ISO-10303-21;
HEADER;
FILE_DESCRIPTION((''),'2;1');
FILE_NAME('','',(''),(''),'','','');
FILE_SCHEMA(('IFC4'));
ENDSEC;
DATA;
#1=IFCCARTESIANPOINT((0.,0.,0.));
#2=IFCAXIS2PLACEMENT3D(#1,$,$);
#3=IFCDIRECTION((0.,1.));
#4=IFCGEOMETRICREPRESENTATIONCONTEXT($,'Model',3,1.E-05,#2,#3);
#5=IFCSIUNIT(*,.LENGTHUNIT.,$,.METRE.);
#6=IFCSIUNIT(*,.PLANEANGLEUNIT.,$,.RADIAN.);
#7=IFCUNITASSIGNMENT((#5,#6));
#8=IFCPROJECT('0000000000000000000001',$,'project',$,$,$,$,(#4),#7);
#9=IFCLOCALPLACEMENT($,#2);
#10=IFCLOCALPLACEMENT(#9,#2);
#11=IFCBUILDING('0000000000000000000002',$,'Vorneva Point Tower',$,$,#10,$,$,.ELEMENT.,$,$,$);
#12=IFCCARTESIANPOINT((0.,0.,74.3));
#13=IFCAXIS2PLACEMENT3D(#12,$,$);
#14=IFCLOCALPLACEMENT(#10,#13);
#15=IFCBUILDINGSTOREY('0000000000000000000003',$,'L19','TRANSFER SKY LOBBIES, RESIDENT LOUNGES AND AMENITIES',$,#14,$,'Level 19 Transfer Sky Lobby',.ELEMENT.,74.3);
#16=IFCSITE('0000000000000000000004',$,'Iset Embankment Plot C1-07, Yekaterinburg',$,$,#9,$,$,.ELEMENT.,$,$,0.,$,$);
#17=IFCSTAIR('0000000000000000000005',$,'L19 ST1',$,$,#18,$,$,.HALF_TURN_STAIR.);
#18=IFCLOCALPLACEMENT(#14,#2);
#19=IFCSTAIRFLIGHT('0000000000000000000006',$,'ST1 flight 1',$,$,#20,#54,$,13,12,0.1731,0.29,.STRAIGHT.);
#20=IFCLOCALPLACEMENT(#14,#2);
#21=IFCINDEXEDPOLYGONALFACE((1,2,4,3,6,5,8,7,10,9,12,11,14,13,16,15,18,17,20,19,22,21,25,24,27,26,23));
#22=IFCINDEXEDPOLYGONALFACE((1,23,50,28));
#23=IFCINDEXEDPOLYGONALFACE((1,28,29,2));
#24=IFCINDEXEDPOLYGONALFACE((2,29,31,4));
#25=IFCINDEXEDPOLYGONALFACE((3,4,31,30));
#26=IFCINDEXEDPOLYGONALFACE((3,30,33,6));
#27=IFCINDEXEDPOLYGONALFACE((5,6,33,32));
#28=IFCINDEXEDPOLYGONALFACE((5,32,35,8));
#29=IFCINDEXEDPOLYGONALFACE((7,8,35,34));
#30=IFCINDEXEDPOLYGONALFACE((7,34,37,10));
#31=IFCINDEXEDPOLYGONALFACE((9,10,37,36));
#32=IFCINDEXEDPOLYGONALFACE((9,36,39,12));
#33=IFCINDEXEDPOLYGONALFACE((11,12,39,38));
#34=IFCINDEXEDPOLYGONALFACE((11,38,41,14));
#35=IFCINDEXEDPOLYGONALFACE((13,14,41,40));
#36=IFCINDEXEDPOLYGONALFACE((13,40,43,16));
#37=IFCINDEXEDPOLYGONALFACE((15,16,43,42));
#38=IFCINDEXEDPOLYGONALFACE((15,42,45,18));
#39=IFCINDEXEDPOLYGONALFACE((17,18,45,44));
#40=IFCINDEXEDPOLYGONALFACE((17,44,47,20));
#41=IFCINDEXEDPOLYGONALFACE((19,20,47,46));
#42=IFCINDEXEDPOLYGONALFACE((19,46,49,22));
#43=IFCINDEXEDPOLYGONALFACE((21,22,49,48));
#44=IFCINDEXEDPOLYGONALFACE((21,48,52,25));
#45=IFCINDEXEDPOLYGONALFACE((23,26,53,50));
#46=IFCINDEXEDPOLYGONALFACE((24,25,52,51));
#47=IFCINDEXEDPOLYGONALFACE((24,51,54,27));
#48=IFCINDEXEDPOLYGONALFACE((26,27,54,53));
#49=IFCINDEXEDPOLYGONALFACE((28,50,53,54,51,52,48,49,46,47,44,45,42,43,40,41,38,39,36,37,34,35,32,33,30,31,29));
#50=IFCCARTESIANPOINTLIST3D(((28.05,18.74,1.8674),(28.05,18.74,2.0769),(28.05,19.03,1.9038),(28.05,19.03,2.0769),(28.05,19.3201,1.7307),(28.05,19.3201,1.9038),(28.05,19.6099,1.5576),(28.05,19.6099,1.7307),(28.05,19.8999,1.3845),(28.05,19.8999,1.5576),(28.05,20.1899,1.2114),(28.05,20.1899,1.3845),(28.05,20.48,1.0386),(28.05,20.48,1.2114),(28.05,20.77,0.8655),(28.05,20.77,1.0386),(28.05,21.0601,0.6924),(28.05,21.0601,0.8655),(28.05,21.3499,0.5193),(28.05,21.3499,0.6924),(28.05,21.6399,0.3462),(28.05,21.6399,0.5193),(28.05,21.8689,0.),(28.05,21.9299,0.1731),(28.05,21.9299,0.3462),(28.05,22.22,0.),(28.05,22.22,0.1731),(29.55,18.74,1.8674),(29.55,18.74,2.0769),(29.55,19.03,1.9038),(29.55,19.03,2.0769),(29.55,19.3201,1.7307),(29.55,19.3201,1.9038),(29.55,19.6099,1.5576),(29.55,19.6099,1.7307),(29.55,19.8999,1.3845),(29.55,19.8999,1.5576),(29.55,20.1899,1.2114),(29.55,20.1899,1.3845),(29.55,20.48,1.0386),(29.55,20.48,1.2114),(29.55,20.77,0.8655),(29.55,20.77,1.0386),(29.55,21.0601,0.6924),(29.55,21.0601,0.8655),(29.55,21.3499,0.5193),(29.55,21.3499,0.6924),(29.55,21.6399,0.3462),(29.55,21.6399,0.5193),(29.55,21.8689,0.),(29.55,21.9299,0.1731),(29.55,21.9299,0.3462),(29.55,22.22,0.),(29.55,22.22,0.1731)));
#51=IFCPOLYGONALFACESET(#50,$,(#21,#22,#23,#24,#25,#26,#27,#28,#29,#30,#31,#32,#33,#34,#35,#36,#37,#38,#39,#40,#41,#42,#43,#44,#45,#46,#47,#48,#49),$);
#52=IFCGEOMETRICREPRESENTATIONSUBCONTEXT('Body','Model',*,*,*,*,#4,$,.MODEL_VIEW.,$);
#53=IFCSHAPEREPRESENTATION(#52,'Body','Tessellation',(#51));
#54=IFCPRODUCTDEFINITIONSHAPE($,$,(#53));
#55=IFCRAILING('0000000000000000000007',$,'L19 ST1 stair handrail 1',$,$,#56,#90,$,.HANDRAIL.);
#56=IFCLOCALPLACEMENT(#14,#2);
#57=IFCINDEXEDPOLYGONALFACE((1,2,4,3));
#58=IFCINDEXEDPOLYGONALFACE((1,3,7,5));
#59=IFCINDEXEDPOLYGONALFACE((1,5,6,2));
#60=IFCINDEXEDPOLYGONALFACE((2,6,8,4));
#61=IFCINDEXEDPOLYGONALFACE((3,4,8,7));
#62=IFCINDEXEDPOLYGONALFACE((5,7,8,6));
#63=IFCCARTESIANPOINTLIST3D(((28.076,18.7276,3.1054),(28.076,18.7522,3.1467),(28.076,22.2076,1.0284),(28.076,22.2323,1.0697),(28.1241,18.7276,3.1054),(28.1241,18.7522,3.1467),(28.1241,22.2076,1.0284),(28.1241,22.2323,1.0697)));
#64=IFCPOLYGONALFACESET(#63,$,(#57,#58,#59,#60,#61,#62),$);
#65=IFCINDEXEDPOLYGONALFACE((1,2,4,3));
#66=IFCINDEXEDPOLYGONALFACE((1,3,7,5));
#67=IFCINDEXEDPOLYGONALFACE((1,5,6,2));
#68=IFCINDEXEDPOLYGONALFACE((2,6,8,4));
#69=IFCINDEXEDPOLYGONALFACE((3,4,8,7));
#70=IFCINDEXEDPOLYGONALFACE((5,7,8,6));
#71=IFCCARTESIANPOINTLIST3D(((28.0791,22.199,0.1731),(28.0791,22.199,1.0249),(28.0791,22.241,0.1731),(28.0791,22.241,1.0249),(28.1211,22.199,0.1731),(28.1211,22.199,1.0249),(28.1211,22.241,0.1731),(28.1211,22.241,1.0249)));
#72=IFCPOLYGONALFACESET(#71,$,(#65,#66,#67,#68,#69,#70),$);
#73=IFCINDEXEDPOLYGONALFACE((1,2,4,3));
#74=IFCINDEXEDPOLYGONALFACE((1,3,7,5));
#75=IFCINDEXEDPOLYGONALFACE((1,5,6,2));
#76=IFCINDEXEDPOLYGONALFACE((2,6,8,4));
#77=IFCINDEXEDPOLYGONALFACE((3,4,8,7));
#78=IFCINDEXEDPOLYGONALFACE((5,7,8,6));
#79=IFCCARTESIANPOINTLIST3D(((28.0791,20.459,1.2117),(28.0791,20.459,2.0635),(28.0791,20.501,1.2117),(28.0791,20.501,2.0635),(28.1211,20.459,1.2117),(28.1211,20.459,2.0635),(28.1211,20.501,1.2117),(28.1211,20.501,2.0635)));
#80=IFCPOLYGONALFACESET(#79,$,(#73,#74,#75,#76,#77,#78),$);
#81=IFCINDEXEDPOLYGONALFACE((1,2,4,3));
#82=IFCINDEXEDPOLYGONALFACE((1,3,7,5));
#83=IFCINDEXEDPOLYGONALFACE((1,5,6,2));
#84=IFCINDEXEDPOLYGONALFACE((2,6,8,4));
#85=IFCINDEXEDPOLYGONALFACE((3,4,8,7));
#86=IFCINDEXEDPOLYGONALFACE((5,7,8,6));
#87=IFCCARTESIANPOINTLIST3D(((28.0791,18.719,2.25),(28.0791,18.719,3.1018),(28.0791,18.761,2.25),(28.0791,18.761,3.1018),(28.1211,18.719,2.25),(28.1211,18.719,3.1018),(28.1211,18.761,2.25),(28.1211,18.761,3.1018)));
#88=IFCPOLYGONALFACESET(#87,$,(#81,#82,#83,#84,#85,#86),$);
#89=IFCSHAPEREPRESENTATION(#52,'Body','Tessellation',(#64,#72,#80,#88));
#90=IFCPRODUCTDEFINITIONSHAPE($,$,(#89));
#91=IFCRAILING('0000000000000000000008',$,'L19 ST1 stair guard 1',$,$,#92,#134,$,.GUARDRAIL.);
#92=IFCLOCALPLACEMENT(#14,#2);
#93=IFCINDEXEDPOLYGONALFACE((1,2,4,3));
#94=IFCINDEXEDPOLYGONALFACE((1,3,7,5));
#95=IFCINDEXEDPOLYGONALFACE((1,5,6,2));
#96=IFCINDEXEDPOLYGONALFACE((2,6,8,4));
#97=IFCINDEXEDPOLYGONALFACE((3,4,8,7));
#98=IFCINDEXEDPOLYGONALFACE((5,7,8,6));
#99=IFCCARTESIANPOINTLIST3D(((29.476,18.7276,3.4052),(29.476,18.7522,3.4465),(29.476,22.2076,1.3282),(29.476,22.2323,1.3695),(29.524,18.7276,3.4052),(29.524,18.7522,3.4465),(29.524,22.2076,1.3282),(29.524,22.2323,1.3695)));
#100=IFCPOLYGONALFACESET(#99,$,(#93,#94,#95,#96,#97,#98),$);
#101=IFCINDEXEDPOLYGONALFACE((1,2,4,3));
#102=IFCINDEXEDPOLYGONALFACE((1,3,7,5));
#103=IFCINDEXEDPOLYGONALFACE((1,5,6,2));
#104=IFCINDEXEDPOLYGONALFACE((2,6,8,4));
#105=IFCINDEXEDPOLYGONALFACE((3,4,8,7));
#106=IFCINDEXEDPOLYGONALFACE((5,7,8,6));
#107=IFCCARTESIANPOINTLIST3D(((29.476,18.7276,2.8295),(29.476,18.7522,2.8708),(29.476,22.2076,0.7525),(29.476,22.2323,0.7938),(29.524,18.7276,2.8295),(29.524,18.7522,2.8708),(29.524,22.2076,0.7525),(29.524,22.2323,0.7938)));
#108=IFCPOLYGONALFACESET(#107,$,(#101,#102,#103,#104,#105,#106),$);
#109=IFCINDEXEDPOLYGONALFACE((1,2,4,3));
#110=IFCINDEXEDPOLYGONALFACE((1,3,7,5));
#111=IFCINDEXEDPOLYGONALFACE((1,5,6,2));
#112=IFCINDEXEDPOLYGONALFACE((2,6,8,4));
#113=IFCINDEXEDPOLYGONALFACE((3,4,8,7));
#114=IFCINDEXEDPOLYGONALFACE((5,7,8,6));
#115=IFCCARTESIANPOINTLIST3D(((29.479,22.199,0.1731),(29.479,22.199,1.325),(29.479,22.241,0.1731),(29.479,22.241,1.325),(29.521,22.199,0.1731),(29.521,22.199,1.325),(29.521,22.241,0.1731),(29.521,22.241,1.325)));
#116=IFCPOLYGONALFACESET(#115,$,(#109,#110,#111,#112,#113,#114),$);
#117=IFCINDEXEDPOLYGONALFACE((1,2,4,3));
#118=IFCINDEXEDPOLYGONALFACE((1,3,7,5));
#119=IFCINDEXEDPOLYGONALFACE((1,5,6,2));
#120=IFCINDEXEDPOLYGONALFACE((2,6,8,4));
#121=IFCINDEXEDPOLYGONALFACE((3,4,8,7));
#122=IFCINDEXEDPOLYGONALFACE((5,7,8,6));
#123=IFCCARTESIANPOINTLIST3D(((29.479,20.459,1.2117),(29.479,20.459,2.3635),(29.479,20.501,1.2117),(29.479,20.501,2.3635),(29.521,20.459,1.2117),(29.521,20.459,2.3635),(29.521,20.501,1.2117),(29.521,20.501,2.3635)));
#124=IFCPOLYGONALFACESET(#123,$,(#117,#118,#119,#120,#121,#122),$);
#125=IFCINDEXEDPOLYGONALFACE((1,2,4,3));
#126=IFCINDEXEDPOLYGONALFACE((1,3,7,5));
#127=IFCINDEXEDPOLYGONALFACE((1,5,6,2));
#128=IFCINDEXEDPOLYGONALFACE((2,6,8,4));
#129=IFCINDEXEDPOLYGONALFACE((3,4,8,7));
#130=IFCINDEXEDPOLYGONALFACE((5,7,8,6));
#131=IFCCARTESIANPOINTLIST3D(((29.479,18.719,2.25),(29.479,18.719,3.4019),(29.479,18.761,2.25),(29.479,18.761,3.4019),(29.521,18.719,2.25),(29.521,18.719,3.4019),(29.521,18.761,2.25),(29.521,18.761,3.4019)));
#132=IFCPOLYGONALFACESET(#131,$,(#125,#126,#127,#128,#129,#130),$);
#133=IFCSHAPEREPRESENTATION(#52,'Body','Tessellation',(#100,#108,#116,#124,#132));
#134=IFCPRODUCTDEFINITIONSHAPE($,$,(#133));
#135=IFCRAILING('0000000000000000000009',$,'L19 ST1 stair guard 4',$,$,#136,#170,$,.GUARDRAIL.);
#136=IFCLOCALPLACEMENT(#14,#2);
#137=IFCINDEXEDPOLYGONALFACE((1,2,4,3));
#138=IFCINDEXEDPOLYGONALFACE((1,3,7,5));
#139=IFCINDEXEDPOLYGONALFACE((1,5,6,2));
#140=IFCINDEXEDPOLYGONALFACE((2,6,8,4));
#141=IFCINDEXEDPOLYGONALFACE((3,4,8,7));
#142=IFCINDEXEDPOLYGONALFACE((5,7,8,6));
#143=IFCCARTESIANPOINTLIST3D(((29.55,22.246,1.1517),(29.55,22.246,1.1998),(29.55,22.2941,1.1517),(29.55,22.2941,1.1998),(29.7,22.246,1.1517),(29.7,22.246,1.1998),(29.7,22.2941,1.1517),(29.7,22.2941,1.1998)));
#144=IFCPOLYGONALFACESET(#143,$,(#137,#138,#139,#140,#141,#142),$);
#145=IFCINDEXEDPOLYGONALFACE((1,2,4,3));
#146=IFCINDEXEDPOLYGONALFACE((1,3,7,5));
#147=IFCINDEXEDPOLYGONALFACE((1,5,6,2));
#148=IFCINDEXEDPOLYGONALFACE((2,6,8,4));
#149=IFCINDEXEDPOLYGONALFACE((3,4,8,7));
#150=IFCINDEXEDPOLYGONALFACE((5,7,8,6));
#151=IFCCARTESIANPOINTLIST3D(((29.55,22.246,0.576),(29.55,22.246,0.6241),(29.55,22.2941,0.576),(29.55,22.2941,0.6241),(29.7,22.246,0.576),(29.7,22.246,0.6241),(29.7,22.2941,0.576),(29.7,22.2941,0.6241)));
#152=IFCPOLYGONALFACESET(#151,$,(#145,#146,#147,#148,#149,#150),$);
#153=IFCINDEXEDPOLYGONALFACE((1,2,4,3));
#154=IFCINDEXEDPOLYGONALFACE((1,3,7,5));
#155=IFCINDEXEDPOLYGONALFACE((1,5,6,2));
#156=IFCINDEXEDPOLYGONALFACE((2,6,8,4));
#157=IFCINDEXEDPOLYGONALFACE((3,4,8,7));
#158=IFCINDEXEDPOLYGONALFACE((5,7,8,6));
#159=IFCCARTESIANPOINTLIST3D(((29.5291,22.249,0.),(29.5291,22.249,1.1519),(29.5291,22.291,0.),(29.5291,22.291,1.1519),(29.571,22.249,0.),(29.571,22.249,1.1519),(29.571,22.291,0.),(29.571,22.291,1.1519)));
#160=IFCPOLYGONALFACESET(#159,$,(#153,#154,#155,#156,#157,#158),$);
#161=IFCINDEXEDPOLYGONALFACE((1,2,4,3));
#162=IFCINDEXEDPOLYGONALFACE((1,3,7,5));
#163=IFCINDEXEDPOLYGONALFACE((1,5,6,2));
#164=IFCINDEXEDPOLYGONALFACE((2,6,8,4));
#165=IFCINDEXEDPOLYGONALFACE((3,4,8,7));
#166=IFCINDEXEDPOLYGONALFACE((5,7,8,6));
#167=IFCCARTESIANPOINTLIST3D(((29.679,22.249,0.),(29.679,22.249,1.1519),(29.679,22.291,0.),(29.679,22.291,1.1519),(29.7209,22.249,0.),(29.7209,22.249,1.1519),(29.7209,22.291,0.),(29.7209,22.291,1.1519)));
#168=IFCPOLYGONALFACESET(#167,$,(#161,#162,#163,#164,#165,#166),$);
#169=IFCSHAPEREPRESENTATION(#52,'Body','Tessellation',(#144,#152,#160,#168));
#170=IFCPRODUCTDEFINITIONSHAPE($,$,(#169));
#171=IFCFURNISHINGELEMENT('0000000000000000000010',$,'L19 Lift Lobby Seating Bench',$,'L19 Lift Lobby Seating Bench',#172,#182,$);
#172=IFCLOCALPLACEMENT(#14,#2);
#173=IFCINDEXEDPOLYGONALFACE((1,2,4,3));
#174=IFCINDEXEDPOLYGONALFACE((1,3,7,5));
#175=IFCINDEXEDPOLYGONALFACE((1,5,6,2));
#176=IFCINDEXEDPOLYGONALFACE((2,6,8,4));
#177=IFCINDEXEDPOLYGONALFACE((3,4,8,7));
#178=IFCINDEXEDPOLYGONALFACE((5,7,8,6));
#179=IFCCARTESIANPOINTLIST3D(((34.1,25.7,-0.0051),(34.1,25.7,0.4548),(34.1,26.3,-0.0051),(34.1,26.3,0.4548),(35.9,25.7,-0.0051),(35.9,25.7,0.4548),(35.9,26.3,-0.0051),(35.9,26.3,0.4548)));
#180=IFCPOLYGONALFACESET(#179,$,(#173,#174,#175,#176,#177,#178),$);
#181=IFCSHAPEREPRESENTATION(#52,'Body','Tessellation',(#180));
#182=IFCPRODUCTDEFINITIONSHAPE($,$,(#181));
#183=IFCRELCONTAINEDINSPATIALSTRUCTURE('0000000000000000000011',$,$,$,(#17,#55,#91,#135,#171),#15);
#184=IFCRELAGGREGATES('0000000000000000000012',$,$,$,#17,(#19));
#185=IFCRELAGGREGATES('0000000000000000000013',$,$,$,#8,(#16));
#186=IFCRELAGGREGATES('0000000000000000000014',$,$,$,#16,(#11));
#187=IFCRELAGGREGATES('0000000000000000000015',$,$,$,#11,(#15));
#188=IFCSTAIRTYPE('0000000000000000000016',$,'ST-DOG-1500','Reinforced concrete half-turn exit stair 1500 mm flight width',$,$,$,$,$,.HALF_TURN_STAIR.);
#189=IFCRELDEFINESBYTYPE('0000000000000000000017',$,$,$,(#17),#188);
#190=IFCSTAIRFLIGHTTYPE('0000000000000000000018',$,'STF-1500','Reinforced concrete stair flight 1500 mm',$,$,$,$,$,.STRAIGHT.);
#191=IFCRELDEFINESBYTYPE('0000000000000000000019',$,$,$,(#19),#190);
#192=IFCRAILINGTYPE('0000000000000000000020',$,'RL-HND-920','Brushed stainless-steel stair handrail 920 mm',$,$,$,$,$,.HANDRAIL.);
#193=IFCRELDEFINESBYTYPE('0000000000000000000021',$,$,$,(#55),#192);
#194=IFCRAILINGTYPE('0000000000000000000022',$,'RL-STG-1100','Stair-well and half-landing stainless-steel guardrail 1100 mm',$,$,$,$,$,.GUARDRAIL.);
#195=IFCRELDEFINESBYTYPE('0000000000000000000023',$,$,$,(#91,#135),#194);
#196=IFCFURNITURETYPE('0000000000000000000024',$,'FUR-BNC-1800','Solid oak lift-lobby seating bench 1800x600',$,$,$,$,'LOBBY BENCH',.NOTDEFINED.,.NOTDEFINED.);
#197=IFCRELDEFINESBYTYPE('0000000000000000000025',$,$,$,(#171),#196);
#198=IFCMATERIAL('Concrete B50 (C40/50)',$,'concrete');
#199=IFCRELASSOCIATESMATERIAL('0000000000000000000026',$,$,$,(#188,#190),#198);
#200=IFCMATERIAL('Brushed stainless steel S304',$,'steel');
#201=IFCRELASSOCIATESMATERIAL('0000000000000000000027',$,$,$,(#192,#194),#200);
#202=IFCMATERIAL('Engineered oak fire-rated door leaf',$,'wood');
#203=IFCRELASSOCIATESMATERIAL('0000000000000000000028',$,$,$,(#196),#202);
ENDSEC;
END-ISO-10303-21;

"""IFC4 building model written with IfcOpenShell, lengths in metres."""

from ifc_helpers import new_model, si_unit, direction, frame, origin, origin_2d, place, context, subcontext, project, spatial, polyline, rectangle, outline, extrude, material, type_object, element, aggregate, save


model = new_model("IFC4")

# Units and contexts
model_context = context("Model", 3, precision=1e-05, world=origin(), true_north=direction((0.0, 1.0)))
body_context = subcontext(model_context, "Body", "Model", "MODEL_VIEW")
ifc_project = project(units=[si_unit("LENGTHUNIT", "METRE"), si_unit("PLANEANGLEUNIT", "RADIAN")], contexts=[model_context])

# Site, building, storey
site_placement = place(None, origin())
site = spatial("IfcSite", under=ifc_project, at=site_placement, Name="Iset Embankment Plot C1-07, Yekaterinburg", CompositionType="ELEMENT", RefElevation=0.0)
building_placement = place(site_placement, origin())
building = spatial("IfcBuilding", under=site, at=building_placement, Name="Vorneva Point Tower", CompositionType="ELEMENT")
storey_placement = place(building_placement, frame((0.0, 0.0, 74.3)))
storey = spatial("IfcBuildingStorey", under=building, at=storey_placement, Name="L19", Description="TRANSFER SKY LOBBIES, RESIDENT LOUNGES AND AMENITIES", LongName="Level 19 Transfer Sky Lobby", CompositionType="ELEMENT", Elevation=74.3)

# Shared definitions
ifc_material_1 = material(Name="Concrete B50 (C40/50)", Category="concrete")

# Stair, stair flight
stair_type = type_object("IfcStairType", Name="ST-DOG-1500", Description="Reinforced concrete half-turn exit stair 1500 mm flight width", PredefinedType="HALF_TURN_STAIR", material=ifc_material_1)
stair_placement = place(storey_placement, origin())
stair = element("IfcStair", 1, at=stair_placement, inside=storey, type_object=stair_type, Name="L19 ST1", PredefinedType="HALF_TURN_STAIR")
stair_flight_type = type_object("IfcStairFlightType", Name="STF-1500", Description="Reinforced concrete stair flight 1500 mm", PredefinedType="STRAIGHT", material=ifc_material_1)
stair_flight_placement = place(storey_placement, frame((28.8, 22.22, 0.0), z_axis=(0.0, 0.0, 1.0), x_axis=(0.0, -1.0, 0.0)))
stair_flight = element("IfcStairFlight", 2, at=stair_flight_placement, type_object=stair_flight_type, Name="ST1 flight 1", NumberOfRisers=13, NumberOfTreads=12, PredefinedType="STRAIGHT", RiserHeight=0.1731, TreadLength=0.29, context=body_context, shape_type="SweptSolid", body=[
    extrude(outline(polyline([(0.0, 0.0), (0.0, 0.1731), (0.29, 0.1731), (0.29, 0.3462), (0.5801, 0.3462), (0.5801, 0.5193), (0.8701, 0.5193), (0.8701, 0.6924), (1.1599, 0.6924), (1.1599, 0.8655), (1.45, 0.8655), (1.45, 1.0386), (1.74, 1.0386), (1.74, 1.2114), (2.03, 1.2114), (2.03, 1.3845), (2.3201, 1.3845), (2.3201, 1.5576), (2.6101, 1.5576), (2.6101, 1.7307), (2.8999, 1.7307), (2.8999, 1.9038), (3.1899, 1.9038), (3.1899, 2.0769), (3.48, 2.0769), (3.48, 2.25), (3.48, 1.8674), (0.3511, 0.0), (0.0, 0.0)])), frame((0.0, 0.75, 0.0), z_axis=(0.0, -1.0, 0.0), x_axis=(1.0, 0.0, 0.0)), (0.0, 0.0, 1.0), 1.5),
])
aggregate(stair, [stair_flight])

# Railings
ifc_material_2 = material(Name="Brushed stainless steel S304", Category="steel")
railing_type_1 = type_object("IfcRailingType", Name="RL-HND-920", Description="Brushed stainless-steel stair handrail 920 mm", PredefinedType="HANDRAIL", material=ifc_material_2)
railing_1_placement = place(storey_placement, frame((28.1001, 22.22, 0.1731)))
element("IfcRailing", 3, at=railing_1_placement, inside=storey, type_object=railing_type_1, Name="L19 ST1 stair handrail 1", PredefinedType="HANDRAIL", context=body_context, shape_type="SweptSolid", body=[
    extrude(rectangle(XDim=0.0481, YDim=0.0481, at=origin_2d()), frame((0.0, 0.0, 0.876), z_axis=(0.0, -0.858697, 0.512483), x_axis=(1.0, 0.0, 0.0)), (0.0, 0.0, 1.0), 4.0527),
    extrude(rectangle(XDim=0.042, YDim=0.042, at=origin_2d()), origin(), (0.0, 0.0, 1.0), 0.8518),
    extrude(rectangle(XDim=0.042, YDim=0.042, at=origin_2d()), frame((0.0, -1.74, 1.0386)), (0.0, 0.0, 1.0), 0.8518),
    extrude(rectangle(XDim=0.042, YDim=0.042, at=origin_2d()), frame((0.0, -3.48, 2.0769)), (0.0, 0.0, 1.0), 0.8518),
])
railing_type_2 = type_object("IfcRailingType", Name="RL-STG-1100", Description="Stair-well and half-landing stainless-steel guardrail 1100 mm", PredefinedType="GUARDRAIL", material=ifc_material_2)
railing_2_placement = place(storey_placement, frame((29.5, 22.22, 0.1731)))
element("IfcRailing", 4, at=railing_2_placement, inside=storey, type_object=railing_type_2, Name="L19 ST1 stair guard 1", PredefinedType="GUARDRAIL", context=body_context, shape_type="SweptSolid", body=[
    extrude(rectangle(XDim=0.0481, YDim=0.0481, at=origin_2d()), frame((0.0, 0.0, 1.1758), z_axis=(0.0, -0.858697, 0.512483), x_axis=(1.0, 0.0, 0.0)), (0.0, 0.0, 1.0), 4.0527),
    extrude(rectangle(XDim=0.0481, YDim=0.0481, at=origin_2d()), frame((0.0, 0.0, 0.6001), z_axis=(0.0, -0.858697, 0.512483), x_axis=(1.0, 0.0, 0.0)), (0.0, 0.0, 1.0), 4.0527),
    extrude(rectangle(XDim=0.042, YDim=0.042, at=origin_2d()), origin(), (0.0, 0.0, 1.0), 1.1519),
    extrude(rectangle(XDim=0.042, YDim=0.042, at=origin_2d()), frame((0.0, -1.74, 1.0386)), (0.0, 0.0, 1.0), 1.1519),
    extrude(rectangle(XDim=0.042, YDim=0.042, at=origin_2d()), frame((0.0, -3.48, 2.0769)), (0.0, 0.0, 1.0), 1.1519),
])
railing_3_placement = place(storey_placement, frame((29.55, 22.27, 0.0)))
element("IfcRailing", 5, at=railing_3_placement, inside=storey, type_object=railing_type_2, Name="L19 ST1 stair guard 4", PredefinedType="GUARDRAIL", context=body_context, shape_type="SweptSolid", body=[
    extrude(rectangle(XDim=0.0481, YDim=0.0481, at=origin_2d()), frame((0.0, 0.0, 1.1758), z_axis=(1.0, 0.0, 0.0), x_axis=(0.0, 1.0, 0.0)), (0.0, 0.0, 1.0), 0.1499),
    extrude(rectangle(XDim=0.0481, YDim=0.0481, at=origin_2d()), frame((0.0, 0.0, 0.6001), z_axis=(1.0, 0.0, 0.0), x_axis=(0.0, 1.0, 0.0)), (0.0, 0.0, 1.0), 0.1499),
    extrude(rectangle(XDim=0.042, YDim=0.042, at=origin_2d()), origin(), (0.0, 0.0, 1.0), 1.1519),
    extrude(rectangle(XDim=0.042, YDim=0.042, at=origin_2d()), frame((0.1499, 0.0, 0.0)), (0.0, 0.0, 1.0), 1.1519),
])

# Furnishing element
ifc_material_3 = material(Name="Engineered oak fire-rated door leaf", Category="wood")
furniture_type = type_object("IfcFurnitureType", Name="FUR-BNC-1800", Description="Solid oak lift-lobby seating bench 1800x600", ElementType="LOBBY BENCH", AssemblyPlace="NOTDEFINED", PredefinedType="NOTDEFINED", material=ifc_material_3)
furnishing_placement = place(storey_placement, frame((35.0, 26.0, -0.0051), z_axis=(0.0, 0.0, 1.0), x_axis=(1.0, 0.0, 0.0)))
element("IfcFurnishingElement", 6, at=furnishing_placement, inside=storey, type_object=furniture_type, Name="L19 Lift Lobby Seating Bench", ObjectType="L19 Lift Lobby Seating Bench", context=body_context, shape_type="SweptSolid", body=[
    extrude(rectangle(XDim=1.8, YDim=0.6001, at=origin_2d()), origin(), (0.0, 0.0, 1.0), 0.46),
])

save(model, "model.ifc")
